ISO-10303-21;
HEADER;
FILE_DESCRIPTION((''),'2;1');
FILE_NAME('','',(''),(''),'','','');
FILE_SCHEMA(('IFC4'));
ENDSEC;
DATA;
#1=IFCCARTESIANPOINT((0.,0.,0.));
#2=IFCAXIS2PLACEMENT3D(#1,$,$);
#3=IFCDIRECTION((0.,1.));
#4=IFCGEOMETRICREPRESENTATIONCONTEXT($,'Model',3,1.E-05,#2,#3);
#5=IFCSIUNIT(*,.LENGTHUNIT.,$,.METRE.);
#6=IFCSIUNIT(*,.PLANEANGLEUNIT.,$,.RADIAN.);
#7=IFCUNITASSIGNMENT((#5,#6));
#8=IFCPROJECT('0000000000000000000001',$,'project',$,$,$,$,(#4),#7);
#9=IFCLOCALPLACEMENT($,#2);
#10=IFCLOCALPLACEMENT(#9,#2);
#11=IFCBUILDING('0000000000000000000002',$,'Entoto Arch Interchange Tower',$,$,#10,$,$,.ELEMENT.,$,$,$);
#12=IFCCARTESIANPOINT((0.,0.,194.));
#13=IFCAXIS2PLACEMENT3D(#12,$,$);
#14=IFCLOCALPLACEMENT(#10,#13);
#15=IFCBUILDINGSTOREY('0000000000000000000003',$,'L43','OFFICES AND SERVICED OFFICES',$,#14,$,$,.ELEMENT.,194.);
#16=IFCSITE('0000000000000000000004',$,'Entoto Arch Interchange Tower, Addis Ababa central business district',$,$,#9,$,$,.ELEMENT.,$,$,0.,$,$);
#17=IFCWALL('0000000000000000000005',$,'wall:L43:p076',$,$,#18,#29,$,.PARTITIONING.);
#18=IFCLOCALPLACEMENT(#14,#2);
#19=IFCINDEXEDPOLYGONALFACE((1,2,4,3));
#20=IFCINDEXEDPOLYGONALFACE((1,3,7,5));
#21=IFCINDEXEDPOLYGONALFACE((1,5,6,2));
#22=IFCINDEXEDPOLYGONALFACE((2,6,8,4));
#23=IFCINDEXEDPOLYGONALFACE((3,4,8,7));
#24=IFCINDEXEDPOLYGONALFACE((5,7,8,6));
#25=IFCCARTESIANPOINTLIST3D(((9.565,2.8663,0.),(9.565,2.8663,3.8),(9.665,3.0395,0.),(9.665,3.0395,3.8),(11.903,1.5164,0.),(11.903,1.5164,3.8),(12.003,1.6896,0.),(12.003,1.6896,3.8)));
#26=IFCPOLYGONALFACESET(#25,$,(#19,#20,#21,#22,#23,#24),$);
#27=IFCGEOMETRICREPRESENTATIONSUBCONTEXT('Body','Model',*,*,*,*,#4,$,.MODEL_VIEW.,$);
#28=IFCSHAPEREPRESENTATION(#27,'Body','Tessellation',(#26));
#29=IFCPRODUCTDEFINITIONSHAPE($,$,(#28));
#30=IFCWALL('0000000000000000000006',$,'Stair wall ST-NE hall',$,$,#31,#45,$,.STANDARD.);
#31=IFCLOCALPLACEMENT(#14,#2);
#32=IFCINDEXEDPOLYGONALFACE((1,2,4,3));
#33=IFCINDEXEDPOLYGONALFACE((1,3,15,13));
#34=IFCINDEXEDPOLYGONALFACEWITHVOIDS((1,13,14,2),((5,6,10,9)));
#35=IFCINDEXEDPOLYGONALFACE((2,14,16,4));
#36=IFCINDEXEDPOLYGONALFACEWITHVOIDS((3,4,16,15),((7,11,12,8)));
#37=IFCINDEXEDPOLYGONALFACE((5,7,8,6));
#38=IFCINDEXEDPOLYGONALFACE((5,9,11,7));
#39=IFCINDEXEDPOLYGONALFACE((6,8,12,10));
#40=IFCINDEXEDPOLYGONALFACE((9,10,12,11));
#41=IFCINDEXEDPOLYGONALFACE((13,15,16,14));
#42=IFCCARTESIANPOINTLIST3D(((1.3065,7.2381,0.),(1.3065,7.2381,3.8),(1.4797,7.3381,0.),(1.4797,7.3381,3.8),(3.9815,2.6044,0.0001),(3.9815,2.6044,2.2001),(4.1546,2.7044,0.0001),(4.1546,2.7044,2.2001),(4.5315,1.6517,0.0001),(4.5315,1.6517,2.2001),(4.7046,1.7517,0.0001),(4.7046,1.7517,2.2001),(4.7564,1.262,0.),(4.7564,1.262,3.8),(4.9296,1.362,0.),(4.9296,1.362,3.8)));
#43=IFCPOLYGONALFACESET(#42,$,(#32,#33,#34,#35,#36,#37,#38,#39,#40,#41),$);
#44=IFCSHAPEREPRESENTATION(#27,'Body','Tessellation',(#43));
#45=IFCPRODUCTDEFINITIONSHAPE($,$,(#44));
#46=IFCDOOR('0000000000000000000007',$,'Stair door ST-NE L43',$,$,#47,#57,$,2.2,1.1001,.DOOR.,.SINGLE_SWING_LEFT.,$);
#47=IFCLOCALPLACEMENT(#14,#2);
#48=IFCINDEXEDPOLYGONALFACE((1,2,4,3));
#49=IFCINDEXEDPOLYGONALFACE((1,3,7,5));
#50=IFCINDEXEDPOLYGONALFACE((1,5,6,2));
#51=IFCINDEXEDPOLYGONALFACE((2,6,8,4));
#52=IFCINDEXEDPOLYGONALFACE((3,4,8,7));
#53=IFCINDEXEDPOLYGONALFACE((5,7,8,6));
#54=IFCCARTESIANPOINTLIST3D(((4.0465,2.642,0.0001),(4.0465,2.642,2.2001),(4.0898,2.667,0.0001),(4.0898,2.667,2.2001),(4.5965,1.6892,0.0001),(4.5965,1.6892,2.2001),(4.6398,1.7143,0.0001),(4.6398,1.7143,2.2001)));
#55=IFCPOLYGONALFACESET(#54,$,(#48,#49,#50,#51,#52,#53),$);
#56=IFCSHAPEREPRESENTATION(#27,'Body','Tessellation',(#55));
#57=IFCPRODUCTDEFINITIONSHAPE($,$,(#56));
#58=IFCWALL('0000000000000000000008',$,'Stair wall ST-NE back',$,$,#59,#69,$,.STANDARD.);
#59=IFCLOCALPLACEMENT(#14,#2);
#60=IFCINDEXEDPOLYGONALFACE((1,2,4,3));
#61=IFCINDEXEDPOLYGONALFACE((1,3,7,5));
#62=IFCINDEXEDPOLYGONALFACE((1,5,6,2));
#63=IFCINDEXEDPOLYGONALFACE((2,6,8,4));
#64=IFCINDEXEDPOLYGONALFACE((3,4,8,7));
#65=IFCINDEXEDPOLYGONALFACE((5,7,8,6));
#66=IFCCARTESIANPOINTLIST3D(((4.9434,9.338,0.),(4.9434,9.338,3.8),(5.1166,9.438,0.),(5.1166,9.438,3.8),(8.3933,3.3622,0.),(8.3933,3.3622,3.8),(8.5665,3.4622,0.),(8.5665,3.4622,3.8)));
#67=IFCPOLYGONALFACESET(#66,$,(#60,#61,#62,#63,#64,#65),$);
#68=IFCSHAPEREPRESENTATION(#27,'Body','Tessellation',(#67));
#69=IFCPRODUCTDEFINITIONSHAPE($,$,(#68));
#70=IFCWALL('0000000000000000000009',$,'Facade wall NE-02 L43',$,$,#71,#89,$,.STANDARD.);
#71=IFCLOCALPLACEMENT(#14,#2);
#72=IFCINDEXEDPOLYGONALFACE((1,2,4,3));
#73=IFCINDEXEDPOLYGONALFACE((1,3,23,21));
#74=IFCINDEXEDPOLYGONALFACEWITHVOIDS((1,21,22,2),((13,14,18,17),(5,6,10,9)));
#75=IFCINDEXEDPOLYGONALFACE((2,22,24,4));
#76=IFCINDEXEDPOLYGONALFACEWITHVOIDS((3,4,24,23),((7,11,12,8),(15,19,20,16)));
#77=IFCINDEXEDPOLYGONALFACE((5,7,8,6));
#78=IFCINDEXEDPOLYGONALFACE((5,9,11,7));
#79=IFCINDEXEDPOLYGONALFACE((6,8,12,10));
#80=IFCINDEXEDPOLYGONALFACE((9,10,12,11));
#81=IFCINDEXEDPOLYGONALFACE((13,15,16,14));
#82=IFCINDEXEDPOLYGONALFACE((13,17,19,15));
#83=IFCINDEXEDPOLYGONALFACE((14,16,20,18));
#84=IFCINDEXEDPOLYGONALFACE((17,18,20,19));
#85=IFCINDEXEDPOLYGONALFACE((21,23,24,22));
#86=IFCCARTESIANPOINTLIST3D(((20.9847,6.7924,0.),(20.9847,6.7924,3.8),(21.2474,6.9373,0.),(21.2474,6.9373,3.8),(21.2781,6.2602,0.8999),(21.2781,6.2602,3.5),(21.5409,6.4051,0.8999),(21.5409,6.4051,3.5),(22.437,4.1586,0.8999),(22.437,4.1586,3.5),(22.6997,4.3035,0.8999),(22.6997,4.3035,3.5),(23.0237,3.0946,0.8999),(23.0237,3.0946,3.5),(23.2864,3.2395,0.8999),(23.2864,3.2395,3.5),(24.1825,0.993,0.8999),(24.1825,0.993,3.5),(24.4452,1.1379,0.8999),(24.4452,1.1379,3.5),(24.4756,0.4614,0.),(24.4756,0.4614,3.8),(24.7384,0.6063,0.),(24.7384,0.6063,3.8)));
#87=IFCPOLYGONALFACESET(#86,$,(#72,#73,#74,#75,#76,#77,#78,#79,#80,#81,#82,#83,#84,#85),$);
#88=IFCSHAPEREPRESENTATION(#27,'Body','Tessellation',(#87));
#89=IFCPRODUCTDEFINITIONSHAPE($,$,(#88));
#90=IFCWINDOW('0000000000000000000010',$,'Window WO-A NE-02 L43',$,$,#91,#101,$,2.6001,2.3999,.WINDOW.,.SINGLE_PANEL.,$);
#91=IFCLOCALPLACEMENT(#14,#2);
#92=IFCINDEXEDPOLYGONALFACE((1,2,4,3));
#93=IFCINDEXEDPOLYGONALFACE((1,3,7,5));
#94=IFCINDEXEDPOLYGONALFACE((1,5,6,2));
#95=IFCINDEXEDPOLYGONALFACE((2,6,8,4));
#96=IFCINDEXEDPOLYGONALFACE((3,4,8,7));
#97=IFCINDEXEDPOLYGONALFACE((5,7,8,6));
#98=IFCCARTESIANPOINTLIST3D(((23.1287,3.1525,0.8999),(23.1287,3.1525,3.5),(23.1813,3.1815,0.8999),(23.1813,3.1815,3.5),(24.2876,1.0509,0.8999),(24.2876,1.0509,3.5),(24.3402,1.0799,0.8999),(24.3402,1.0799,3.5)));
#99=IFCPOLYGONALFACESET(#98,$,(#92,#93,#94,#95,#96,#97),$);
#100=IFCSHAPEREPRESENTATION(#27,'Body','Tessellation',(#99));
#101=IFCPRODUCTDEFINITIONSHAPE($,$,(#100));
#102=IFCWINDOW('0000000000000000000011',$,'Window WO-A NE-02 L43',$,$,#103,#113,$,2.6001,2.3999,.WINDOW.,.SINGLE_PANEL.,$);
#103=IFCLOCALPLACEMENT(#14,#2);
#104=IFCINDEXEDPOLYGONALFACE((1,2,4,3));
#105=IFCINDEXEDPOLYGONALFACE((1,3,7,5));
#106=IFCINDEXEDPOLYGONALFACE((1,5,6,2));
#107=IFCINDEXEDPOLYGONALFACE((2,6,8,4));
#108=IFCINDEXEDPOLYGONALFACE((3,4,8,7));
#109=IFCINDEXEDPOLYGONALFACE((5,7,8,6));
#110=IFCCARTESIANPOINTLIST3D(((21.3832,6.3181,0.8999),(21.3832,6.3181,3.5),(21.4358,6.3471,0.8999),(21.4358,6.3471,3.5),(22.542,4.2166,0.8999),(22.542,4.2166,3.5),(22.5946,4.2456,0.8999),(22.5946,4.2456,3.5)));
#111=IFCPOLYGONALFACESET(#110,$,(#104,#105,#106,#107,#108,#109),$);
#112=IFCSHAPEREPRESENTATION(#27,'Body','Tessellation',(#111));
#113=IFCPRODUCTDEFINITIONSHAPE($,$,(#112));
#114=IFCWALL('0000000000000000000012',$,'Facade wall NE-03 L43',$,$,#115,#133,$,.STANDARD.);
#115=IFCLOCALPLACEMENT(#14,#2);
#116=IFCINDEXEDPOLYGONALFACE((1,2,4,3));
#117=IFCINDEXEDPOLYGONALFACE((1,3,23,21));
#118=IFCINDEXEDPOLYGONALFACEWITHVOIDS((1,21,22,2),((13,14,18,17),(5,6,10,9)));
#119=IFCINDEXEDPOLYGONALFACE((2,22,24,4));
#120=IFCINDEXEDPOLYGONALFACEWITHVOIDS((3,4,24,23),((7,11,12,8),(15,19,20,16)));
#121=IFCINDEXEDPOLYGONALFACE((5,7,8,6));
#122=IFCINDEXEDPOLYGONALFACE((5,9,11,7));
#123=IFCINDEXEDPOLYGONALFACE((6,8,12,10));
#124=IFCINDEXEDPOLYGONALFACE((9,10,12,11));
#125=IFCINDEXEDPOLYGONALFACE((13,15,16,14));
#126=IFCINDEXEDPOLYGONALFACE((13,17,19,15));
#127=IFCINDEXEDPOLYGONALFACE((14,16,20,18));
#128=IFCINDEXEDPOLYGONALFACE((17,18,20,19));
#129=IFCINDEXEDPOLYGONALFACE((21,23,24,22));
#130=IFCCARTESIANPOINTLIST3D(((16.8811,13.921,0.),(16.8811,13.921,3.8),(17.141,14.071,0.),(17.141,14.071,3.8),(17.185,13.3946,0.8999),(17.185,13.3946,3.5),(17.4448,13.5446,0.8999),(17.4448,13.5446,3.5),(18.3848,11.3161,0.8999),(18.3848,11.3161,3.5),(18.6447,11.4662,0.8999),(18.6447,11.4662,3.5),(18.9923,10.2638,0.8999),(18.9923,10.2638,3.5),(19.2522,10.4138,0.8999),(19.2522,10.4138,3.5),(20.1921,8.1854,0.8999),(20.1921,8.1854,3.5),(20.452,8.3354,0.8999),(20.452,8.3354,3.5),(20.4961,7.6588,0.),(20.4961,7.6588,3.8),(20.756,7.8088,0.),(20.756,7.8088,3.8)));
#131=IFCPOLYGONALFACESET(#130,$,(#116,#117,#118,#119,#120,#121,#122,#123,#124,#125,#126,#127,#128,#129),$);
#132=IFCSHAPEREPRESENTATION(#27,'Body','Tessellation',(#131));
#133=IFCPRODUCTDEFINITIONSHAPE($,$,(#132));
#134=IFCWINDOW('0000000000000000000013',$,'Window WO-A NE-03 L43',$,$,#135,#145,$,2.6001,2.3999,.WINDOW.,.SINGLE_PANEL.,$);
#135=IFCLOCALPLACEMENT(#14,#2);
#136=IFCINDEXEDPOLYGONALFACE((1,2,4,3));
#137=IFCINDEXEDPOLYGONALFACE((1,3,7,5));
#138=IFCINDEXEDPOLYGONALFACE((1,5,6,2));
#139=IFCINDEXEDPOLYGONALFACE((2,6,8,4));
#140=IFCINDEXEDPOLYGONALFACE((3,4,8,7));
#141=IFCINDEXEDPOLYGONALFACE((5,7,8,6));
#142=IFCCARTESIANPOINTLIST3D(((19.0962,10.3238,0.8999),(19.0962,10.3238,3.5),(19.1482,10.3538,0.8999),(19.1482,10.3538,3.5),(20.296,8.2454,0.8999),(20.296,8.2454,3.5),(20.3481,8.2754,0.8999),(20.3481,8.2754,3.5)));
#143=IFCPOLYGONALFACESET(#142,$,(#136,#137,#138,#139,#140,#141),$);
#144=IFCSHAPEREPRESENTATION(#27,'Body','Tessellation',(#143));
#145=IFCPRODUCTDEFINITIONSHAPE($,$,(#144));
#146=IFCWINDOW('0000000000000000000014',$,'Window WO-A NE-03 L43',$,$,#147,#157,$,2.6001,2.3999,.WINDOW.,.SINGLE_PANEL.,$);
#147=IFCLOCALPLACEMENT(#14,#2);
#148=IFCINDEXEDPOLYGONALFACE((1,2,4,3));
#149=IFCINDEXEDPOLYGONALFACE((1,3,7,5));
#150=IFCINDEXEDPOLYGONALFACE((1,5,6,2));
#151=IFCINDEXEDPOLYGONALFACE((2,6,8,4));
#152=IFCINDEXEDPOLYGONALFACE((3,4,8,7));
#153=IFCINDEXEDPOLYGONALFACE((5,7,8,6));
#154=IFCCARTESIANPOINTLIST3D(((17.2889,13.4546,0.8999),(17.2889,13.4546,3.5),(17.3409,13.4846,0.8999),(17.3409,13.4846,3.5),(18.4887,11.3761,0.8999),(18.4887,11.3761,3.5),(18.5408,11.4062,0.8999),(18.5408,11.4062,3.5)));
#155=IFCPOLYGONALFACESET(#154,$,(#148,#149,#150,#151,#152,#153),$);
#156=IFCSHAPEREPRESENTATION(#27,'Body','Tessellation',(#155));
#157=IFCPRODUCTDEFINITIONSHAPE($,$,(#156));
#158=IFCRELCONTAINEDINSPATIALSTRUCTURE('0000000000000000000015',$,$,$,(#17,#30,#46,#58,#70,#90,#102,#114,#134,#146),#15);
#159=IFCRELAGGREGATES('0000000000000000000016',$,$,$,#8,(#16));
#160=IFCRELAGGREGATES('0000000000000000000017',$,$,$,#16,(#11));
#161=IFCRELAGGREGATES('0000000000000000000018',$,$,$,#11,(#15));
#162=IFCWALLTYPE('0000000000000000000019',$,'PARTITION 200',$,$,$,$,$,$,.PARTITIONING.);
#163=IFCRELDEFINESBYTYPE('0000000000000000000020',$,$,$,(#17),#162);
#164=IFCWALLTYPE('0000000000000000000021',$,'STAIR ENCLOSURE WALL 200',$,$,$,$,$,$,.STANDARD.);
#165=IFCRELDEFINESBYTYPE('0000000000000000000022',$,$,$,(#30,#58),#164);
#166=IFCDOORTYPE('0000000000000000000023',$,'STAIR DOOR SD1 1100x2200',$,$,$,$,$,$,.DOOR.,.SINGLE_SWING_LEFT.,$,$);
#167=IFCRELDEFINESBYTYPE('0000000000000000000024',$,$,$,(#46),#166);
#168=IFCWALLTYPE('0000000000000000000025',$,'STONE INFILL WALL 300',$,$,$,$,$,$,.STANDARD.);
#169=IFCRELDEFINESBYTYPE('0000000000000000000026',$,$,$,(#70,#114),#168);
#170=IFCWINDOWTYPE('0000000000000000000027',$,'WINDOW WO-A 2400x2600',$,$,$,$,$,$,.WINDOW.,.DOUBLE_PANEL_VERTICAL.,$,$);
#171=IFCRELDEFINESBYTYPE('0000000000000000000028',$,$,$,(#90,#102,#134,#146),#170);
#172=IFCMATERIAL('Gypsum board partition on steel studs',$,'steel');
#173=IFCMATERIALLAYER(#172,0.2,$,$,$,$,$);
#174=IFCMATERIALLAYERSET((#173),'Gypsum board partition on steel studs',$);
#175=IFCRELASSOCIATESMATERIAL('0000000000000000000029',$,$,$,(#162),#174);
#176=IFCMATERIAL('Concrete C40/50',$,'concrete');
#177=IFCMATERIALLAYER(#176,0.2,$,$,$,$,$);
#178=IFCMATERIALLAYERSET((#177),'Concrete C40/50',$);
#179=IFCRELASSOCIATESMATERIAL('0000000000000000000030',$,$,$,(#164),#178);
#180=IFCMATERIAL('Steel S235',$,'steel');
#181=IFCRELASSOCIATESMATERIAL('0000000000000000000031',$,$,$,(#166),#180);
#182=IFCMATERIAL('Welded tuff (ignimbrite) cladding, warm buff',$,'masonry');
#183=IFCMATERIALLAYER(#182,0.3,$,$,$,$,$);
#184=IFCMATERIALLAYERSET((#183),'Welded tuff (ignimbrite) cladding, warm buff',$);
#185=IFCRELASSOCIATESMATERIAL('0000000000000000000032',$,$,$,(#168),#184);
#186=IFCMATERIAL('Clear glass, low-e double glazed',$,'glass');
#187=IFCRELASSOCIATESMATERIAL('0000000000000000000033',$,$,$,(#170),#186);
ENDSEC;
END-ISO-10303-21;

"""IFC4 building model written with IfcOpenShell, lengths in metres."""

from ifc_helpers import new_model, si_unit, direction, frame, frame_2d, origin, place, context, subcontext, project, spatial, rectangle, extrude, material, layer, layer_set, type_object, element, fill, save


model = new_model("IFC4")

# Units and contexts
model_context = context("Model", 3, precision=1e-05, world=origin(), true_north=direction((0.0, 1.0)))
body_context = subcontext(model_context, "Body", "Model", "MODEL_VIEW")
ifc_project = project(units=[si_unit("LENGTHUNIT", "METRE"), si_unit("PLANEANGLEUNIT", "RADIAN")], contexts=[model_context])

# Site, building, storey
site_placement = place(None, origin())
site = spatial("IfcSite", under=ifc_project, at=site_placement, Name="Entoto Arch Interchange Tower, Addis Ababa central business district", CompositionType="ELEMENT", RefElevation=0.0)
building_placement = place(site_placement, origin())
building = spatial("IfcBuilding", under=site, at=building_placement, Name="Entoto Arch Interchange Tower", CompositionType="ELEMENT")
storey_placement = place(building_placement, frame((0.0, 0.0, 194.0)))
storey = spatial("IfcBuildingStorey", under=building, at=storey_placement, Name="L43", Description="OFFICES AND SERVICED OFFICES", CompositionType="ELEMENT", Elevation=194.0)

# Shared definitions
ifc_material_1 = material(Name="Concrete C40/50", Category="concrete")
ifc_material_2 = material(Name="Gypsum board partition on steel studs", Category="steel")

# Shared definitions
ifc_layer_1 = layer(ifc_material_2, 0.2)
ifc_layer_set_1 = layer_set([ifc_layer_1], Name="Gypsum board partition on steel studs")
wall_type_1 = type_object("IfcWallType", Name="PARTITION 200", PredefinedType="PARTITIONING", material=ifc_layer_set_1)

# Wall
wall_1_placement = place(storey_placement, frame((9.615, 2.9529, 0.0), z_axis=(0.0, 0.0, 1.0), x_axis=(0.866014, -0.50002, 0.0)))
element("IfcWall", 1, at=wall_1_placement, inside=storey, type_object=wall_type_1, Name="wall:L43:p076", PredefinedType="PARTITIONING", context=body_context, shape_type="SweptSolid", body=[
    extrude(rectangle(XDim=2.6997, YDim=0.2, at=frame_2d((1.3499, 0.0))), origin(), (0.0, 0.0, 1.0), 3.8),
])

# Wall, opening, door
ifc_layer_2 = layer(ifc_material_1, 0.2)
ifc_layer_set_2 = layer_set([ifc_layer_2], Name="Concrete C40/50")
wall_type_2 = type_object("IfcWallType", Name="STAIR ENCLOSURE WALL 200", PredefinedType="STANDARD", material=ifc_layer_set_2)
wall_2_placement = place(storey_placement, frame((4.843, 1.312, 0.0), z_axis=(0.0, 0.0, 1.0), x_axis=(-0.499963, 0.866047, 0.0)))
wall_2 = element("IfcWall", 2, at=wall_2_placement, inside=storey, type_object=wall_type_2, Name="Stair wall ST-NE hall", PredefinedType="STANDARD", context=body_context, shape_type="SweptSolid", body=[
    extrude(rectangle(XDim=6.9004, YDim=0.2, at=frame_2d((3.4502, 0.0))), origin(), (0.0, 0.0, 1.0), 3.8),
])
opening_1_placement = place(wall_2_placement, frame((0.45, 0.0, 0.0)))
opening_1 = element("IfcOpeningElement", 3, at=opening_1_placement, cuts=wall_2, PredefinedType="OPENING", context=body_context, shape_type="SweptSolid", body=[
    extrude(rectangle(XDim=1.1001, YDim=2.2, at=frame_2d((0.55, 1.1001))), frame((0.0, 0.1099, 0.0), z_axis=(0.0, -1.0, 0.0), x_axis=(1.0, 0.0, 0.0)), (0.0, 0.0, 1.0), 0.22),
])
ifc_material_3 = material(Name="Steel S235", Category="steel")
door_type_1 = type_object("IfcDoorType", Name="STAIR DOOR SD1 1100x2200", OperationType="SINGLE_SWING_LEFT", PredefinedType="DOOR", material=ifc_material_3)
door_1_placement = place(opening_1_placement, origin())
door_1 = element("IfcDoor", 4, at=door_1_placement, inside=storey, type_object=door_type_1, Name="Stair door ST-NE L43", OperationType="SINGLE_SWING_LEFT", OverallHeight=2.2, OverallWidth=1.1001, PredefinedType="DOOR", context=body_context, shape_type="SweptSolid", body=[
    extrude(rectangle(XDim=1.1001, YDim=2.2, at=frame_2d((0.55, 1.1001))), frame((0.0, 0.0249, 0.0), z_axis=(0.0, -1.0, 0.0), x_axis=(1.0, 0.0, 0.0)), (0.0, 0.0, 1.0), 0.05),
])
fill(opening_1, door_1)

# Wall
wall_3_placement = place(storey_placement, frame((8.48, 3.4121, 0.0), z_axis=(0.0, 0.0, 1.0), x_axis=(-0.499979, 0.866038, 0.0)))
element("IfcWall", 5, at=wall_3_placement, inside=storey, type_object=wall_type_2, Name="Stair wall ST-NE back", PredefinedType="STANDARD", context=body_context, shape_type="SweptSolid", body=[
    extrude(rectangle(XDim=6.9001, YDim=0.2, at=frame_2d((3.4502, 0.0))), origin(), (0.0, 0.0, 1.0), 3.8),
])

# Walls, openings, windows
ifc_material_4 = material(Name="Welded tuff (ignimbrite) cladding, warm buff", Category="masonry")
ifc_layer_3 = layer(ifc_material_4, 0.3)
ifc_layer_set_3 = layer_set([ifc_layer_3], Name="Welded tuff (ignimbrite) cladding, warm buff")
wall_type_3 = type_object("IfcWallType", Name="STONE INFILL WALL 300", PredefinedType="STANDARD", material=ifc_layer_set_3)
wall_4_placement = place(storey_placement, frame((24.6069, 0.5339, 0.0), z_axis=(0.0, 0.0, 1.0), x_axis=(-0.482862, 0.875696, 0.0)))
wall_4 = element("IfcWall", 6, at=wall_4_placement, inside=storey, type_object=wall_type_3, Name="Facade wall NE-02 L43", PredefinedType="STANDARD", context=body_context, shape_type="SweptSolid", body=[
    extrude(rectangle(XDim=7.2297, YDim=0.3, at=frame_2d((3.6147, 0.0))), origin(), (0.0, 0.0, 1.0), 3.8),
])
opening_2_placement = place(wall_4_placement, frame((0.6069, 0.0, 0.8999)))
opening_2 = element("IfcOpeningElement", 7, at=opening_2_placement, cuts=wall_4, PredefinedType="OPENING", context=body_context, shape_type="SweptSolid", body=[
    extrude(rectangle(XDim=2.3999, YDim=2.6001, at=frame_2d((1.2, 1.3))), frame((0.0, 0.1602, 0.0), z_axis=(0.0, -1.0, 0.0), x_axis=(1.0, 0.0, 0.0)), (0.0, 0.0, 1.0), 0.3201),
])
opening_3_placement = place(wall_4_placement, frame((4.2219, 0.0, 0.8999)))
opening_3 = element("IfcOpeningElement", 8, at=opening_3_placement, cuts=wall_4, PredefinedType="OPENING", context=body_context, shape_type="SweptSolid", body=[
    extrude(rectangle(XDim=2.3999, YDim=2.6001, at=frame_2d((1.2, 1.3))), frame((0.0, 0.1602, 0.0), z_axis=(0.0, -1.0, 0.0), x_axis=(1.0, 0.0, 0.0)), (0.0, 0.0, 1.0), 0.3201),
])
ifc_material_5 = material(Name="Clear glass, low-e double glazed", Category="glass")
window_type = type_object("IfcWindowType", Name="WINDOW WO-A 2400x2600", PartitioningType="DOUBLE_PANEL_VERTICAL", PredefinedType="WINDOW", material=ifc_material_5)
window_1_placement = place(opening_2_placement, origin())
window_1 = element("IfcWindow", 9, at=window_1_placement, inside=storey, type_object=window_type, Name="Window WO-A NE-02 L43", OverallHeight=2.6001, OverallWidth=2.3999, PartitioningType="SINGLE_PANEL", PredefinedType="WINDOW", context=body_context, shape_type="SweptSolid", body=[
    extrude(rectangle(XDim=2.3999, YDim=2.6001, at=frame_2d((1.2, 1.3))), frame((0.0, 0.03, 0.0), z_axis=(0.0, -1.0, 0.0), x_axis=(1.0, 0.0, 0.0)), (0.0, 0.0, 1.0), 0.0601),
])
fill(opening_2, window_1)
window_2_placement = place(opening_3_placement, origin())
window_2 = element("IfcWindow", 10, at=window_2_placement, inside=storey, type_object=window_type, Name="Window WO-A NE-02 L43", OverallHeight=2.6001, OverallWidth=2.3999, PartitioningType="SINGLE_PANEL", PredefinedType="WINDOW", context=body_context, shape_type="SweptSolid", body=[
    extrude(rectangle(XDim=2.3999, YDim=2.6001, at=frame_2d((1.2, 1.3))), frame((0.0, 0.03, 0.0), z_axis=(0.0, -1.0, 0.0), x_axis=(1.0, 0.0, 0.0)), (0.0, 0.0, 1.0), 0.0601),
])
fill(opening_3, window_2)
wall_5_placement = place(storey_placement, frame((20.626, 7.7339, 0.0), z_axis=(0.0, 0.0, 1.0), x_axis=(-0.499948, 0.866055, 0.0)))
wall_5 = element("IfcWall", 11, at=wall_5_placement, inside=storey, type_object=wall_type_3, Name="Facade wall NE-03 L43", PredefinedType="STANDARD", context=body_context, shape_type="SweptSolid", body=[
    extrude(rectangle(XDim=7.2307, YDim=0.3, at=frame_2d((3.6152, 0.0))), origin(), (0.0, 0.0, 1.0), 3.8),
])
opening_4_placement = place(wall_5_placement, frame((0.6079, 0.0, 0.8999)))
opening_4 = element("IfcOpeningElement", 12, at=opening_4_placement, cuts=wall_5, PredefinedType="OPENING", context=body_context, shape_type="SweptSolid", body=[
    extrude(rectangle(XDim=2.3999, YDim=2.6001, at=frame_2d((1.2, 1.3))), frame((0.0, 0.1602, 0.0), z_axis=(0.0, -1.0, 0.0), x_axis=(1.0, 0.0, 0.0)), (0.0, 0.0, 1.0), 0.3201),
])
opening_5_placement = place(wall_5_placement, frame((4.2229, 0.0, 0.8999)))
opening_5 = element("IfcOpeningElement", 13, at=opening_5_placement, cuts=wall_5, PredefinedType="OPENING", context=body_context, shape_type="SweptSolid", body=[
    extrude(rectangle(XDim=2.3999, YDim=2.6001, at=frame_2d((1.2, 1.3))), frame((0.0, 0.1602, 0.0), z_axis=(0.0, -1.0, 0.0), x_axis=(1.0, 0.0, 0.0)), (0.0, 0.0, 1.0), 0.3201),
])
window_3_placement = place(opening_4_placement, origin())
window_3 = element("IfcWindow", 14, at=window_3_placement, inside=storey, type_object=window_type, Name="Window WO-A NE-03 L43", OverallHeight=2.6001, OverallWidth=2.3999, PartitioningType="SINGLE_PANEL", PredefinedType="WINDOW", context=body_context, shape_type="SweptSolid", body=[
    extrude(rectangle(XDim=2.3999, YDim=2.6001, at=frame_2d((1.2, 1.3))), frame((0.0, 0.03, 0.0), z_axis=(0.0, -1.0, 0.0), x_axis=(1.0, 0.0, 0.0)), (0.0, 0.0, 1.0), 0.0601),
])
fill(opening_4, window_3)
window_4_placement = place(opening_5_placement, origin())
window_4 = element("IfcWindow", 15, at=window_4_placement, inside=storey, type_object=window_type, Name="Window WO-A NE-03 L43", OverallHeight=2.6001, OverallWidth=2.3999, PartitioningType="SINGLE_PANEL", PredefinedType="WINDOW", context=body_context, shape_type="SweptSolid", body=[
    extrude(rectangle(XDim=2.3999, YDim=2.6001, at=frame_2d((1.2, 1.3))), frame((0.0, 0.03, 0.0), z_axis=(0.0, -1.0, 0.0), x_axis=(1.0, 0.0, 0.0)), (0.0, 0.0, 1.0), 0.0601),
])
fill(opening_5, window_4)

save(model, "model.ifc")
